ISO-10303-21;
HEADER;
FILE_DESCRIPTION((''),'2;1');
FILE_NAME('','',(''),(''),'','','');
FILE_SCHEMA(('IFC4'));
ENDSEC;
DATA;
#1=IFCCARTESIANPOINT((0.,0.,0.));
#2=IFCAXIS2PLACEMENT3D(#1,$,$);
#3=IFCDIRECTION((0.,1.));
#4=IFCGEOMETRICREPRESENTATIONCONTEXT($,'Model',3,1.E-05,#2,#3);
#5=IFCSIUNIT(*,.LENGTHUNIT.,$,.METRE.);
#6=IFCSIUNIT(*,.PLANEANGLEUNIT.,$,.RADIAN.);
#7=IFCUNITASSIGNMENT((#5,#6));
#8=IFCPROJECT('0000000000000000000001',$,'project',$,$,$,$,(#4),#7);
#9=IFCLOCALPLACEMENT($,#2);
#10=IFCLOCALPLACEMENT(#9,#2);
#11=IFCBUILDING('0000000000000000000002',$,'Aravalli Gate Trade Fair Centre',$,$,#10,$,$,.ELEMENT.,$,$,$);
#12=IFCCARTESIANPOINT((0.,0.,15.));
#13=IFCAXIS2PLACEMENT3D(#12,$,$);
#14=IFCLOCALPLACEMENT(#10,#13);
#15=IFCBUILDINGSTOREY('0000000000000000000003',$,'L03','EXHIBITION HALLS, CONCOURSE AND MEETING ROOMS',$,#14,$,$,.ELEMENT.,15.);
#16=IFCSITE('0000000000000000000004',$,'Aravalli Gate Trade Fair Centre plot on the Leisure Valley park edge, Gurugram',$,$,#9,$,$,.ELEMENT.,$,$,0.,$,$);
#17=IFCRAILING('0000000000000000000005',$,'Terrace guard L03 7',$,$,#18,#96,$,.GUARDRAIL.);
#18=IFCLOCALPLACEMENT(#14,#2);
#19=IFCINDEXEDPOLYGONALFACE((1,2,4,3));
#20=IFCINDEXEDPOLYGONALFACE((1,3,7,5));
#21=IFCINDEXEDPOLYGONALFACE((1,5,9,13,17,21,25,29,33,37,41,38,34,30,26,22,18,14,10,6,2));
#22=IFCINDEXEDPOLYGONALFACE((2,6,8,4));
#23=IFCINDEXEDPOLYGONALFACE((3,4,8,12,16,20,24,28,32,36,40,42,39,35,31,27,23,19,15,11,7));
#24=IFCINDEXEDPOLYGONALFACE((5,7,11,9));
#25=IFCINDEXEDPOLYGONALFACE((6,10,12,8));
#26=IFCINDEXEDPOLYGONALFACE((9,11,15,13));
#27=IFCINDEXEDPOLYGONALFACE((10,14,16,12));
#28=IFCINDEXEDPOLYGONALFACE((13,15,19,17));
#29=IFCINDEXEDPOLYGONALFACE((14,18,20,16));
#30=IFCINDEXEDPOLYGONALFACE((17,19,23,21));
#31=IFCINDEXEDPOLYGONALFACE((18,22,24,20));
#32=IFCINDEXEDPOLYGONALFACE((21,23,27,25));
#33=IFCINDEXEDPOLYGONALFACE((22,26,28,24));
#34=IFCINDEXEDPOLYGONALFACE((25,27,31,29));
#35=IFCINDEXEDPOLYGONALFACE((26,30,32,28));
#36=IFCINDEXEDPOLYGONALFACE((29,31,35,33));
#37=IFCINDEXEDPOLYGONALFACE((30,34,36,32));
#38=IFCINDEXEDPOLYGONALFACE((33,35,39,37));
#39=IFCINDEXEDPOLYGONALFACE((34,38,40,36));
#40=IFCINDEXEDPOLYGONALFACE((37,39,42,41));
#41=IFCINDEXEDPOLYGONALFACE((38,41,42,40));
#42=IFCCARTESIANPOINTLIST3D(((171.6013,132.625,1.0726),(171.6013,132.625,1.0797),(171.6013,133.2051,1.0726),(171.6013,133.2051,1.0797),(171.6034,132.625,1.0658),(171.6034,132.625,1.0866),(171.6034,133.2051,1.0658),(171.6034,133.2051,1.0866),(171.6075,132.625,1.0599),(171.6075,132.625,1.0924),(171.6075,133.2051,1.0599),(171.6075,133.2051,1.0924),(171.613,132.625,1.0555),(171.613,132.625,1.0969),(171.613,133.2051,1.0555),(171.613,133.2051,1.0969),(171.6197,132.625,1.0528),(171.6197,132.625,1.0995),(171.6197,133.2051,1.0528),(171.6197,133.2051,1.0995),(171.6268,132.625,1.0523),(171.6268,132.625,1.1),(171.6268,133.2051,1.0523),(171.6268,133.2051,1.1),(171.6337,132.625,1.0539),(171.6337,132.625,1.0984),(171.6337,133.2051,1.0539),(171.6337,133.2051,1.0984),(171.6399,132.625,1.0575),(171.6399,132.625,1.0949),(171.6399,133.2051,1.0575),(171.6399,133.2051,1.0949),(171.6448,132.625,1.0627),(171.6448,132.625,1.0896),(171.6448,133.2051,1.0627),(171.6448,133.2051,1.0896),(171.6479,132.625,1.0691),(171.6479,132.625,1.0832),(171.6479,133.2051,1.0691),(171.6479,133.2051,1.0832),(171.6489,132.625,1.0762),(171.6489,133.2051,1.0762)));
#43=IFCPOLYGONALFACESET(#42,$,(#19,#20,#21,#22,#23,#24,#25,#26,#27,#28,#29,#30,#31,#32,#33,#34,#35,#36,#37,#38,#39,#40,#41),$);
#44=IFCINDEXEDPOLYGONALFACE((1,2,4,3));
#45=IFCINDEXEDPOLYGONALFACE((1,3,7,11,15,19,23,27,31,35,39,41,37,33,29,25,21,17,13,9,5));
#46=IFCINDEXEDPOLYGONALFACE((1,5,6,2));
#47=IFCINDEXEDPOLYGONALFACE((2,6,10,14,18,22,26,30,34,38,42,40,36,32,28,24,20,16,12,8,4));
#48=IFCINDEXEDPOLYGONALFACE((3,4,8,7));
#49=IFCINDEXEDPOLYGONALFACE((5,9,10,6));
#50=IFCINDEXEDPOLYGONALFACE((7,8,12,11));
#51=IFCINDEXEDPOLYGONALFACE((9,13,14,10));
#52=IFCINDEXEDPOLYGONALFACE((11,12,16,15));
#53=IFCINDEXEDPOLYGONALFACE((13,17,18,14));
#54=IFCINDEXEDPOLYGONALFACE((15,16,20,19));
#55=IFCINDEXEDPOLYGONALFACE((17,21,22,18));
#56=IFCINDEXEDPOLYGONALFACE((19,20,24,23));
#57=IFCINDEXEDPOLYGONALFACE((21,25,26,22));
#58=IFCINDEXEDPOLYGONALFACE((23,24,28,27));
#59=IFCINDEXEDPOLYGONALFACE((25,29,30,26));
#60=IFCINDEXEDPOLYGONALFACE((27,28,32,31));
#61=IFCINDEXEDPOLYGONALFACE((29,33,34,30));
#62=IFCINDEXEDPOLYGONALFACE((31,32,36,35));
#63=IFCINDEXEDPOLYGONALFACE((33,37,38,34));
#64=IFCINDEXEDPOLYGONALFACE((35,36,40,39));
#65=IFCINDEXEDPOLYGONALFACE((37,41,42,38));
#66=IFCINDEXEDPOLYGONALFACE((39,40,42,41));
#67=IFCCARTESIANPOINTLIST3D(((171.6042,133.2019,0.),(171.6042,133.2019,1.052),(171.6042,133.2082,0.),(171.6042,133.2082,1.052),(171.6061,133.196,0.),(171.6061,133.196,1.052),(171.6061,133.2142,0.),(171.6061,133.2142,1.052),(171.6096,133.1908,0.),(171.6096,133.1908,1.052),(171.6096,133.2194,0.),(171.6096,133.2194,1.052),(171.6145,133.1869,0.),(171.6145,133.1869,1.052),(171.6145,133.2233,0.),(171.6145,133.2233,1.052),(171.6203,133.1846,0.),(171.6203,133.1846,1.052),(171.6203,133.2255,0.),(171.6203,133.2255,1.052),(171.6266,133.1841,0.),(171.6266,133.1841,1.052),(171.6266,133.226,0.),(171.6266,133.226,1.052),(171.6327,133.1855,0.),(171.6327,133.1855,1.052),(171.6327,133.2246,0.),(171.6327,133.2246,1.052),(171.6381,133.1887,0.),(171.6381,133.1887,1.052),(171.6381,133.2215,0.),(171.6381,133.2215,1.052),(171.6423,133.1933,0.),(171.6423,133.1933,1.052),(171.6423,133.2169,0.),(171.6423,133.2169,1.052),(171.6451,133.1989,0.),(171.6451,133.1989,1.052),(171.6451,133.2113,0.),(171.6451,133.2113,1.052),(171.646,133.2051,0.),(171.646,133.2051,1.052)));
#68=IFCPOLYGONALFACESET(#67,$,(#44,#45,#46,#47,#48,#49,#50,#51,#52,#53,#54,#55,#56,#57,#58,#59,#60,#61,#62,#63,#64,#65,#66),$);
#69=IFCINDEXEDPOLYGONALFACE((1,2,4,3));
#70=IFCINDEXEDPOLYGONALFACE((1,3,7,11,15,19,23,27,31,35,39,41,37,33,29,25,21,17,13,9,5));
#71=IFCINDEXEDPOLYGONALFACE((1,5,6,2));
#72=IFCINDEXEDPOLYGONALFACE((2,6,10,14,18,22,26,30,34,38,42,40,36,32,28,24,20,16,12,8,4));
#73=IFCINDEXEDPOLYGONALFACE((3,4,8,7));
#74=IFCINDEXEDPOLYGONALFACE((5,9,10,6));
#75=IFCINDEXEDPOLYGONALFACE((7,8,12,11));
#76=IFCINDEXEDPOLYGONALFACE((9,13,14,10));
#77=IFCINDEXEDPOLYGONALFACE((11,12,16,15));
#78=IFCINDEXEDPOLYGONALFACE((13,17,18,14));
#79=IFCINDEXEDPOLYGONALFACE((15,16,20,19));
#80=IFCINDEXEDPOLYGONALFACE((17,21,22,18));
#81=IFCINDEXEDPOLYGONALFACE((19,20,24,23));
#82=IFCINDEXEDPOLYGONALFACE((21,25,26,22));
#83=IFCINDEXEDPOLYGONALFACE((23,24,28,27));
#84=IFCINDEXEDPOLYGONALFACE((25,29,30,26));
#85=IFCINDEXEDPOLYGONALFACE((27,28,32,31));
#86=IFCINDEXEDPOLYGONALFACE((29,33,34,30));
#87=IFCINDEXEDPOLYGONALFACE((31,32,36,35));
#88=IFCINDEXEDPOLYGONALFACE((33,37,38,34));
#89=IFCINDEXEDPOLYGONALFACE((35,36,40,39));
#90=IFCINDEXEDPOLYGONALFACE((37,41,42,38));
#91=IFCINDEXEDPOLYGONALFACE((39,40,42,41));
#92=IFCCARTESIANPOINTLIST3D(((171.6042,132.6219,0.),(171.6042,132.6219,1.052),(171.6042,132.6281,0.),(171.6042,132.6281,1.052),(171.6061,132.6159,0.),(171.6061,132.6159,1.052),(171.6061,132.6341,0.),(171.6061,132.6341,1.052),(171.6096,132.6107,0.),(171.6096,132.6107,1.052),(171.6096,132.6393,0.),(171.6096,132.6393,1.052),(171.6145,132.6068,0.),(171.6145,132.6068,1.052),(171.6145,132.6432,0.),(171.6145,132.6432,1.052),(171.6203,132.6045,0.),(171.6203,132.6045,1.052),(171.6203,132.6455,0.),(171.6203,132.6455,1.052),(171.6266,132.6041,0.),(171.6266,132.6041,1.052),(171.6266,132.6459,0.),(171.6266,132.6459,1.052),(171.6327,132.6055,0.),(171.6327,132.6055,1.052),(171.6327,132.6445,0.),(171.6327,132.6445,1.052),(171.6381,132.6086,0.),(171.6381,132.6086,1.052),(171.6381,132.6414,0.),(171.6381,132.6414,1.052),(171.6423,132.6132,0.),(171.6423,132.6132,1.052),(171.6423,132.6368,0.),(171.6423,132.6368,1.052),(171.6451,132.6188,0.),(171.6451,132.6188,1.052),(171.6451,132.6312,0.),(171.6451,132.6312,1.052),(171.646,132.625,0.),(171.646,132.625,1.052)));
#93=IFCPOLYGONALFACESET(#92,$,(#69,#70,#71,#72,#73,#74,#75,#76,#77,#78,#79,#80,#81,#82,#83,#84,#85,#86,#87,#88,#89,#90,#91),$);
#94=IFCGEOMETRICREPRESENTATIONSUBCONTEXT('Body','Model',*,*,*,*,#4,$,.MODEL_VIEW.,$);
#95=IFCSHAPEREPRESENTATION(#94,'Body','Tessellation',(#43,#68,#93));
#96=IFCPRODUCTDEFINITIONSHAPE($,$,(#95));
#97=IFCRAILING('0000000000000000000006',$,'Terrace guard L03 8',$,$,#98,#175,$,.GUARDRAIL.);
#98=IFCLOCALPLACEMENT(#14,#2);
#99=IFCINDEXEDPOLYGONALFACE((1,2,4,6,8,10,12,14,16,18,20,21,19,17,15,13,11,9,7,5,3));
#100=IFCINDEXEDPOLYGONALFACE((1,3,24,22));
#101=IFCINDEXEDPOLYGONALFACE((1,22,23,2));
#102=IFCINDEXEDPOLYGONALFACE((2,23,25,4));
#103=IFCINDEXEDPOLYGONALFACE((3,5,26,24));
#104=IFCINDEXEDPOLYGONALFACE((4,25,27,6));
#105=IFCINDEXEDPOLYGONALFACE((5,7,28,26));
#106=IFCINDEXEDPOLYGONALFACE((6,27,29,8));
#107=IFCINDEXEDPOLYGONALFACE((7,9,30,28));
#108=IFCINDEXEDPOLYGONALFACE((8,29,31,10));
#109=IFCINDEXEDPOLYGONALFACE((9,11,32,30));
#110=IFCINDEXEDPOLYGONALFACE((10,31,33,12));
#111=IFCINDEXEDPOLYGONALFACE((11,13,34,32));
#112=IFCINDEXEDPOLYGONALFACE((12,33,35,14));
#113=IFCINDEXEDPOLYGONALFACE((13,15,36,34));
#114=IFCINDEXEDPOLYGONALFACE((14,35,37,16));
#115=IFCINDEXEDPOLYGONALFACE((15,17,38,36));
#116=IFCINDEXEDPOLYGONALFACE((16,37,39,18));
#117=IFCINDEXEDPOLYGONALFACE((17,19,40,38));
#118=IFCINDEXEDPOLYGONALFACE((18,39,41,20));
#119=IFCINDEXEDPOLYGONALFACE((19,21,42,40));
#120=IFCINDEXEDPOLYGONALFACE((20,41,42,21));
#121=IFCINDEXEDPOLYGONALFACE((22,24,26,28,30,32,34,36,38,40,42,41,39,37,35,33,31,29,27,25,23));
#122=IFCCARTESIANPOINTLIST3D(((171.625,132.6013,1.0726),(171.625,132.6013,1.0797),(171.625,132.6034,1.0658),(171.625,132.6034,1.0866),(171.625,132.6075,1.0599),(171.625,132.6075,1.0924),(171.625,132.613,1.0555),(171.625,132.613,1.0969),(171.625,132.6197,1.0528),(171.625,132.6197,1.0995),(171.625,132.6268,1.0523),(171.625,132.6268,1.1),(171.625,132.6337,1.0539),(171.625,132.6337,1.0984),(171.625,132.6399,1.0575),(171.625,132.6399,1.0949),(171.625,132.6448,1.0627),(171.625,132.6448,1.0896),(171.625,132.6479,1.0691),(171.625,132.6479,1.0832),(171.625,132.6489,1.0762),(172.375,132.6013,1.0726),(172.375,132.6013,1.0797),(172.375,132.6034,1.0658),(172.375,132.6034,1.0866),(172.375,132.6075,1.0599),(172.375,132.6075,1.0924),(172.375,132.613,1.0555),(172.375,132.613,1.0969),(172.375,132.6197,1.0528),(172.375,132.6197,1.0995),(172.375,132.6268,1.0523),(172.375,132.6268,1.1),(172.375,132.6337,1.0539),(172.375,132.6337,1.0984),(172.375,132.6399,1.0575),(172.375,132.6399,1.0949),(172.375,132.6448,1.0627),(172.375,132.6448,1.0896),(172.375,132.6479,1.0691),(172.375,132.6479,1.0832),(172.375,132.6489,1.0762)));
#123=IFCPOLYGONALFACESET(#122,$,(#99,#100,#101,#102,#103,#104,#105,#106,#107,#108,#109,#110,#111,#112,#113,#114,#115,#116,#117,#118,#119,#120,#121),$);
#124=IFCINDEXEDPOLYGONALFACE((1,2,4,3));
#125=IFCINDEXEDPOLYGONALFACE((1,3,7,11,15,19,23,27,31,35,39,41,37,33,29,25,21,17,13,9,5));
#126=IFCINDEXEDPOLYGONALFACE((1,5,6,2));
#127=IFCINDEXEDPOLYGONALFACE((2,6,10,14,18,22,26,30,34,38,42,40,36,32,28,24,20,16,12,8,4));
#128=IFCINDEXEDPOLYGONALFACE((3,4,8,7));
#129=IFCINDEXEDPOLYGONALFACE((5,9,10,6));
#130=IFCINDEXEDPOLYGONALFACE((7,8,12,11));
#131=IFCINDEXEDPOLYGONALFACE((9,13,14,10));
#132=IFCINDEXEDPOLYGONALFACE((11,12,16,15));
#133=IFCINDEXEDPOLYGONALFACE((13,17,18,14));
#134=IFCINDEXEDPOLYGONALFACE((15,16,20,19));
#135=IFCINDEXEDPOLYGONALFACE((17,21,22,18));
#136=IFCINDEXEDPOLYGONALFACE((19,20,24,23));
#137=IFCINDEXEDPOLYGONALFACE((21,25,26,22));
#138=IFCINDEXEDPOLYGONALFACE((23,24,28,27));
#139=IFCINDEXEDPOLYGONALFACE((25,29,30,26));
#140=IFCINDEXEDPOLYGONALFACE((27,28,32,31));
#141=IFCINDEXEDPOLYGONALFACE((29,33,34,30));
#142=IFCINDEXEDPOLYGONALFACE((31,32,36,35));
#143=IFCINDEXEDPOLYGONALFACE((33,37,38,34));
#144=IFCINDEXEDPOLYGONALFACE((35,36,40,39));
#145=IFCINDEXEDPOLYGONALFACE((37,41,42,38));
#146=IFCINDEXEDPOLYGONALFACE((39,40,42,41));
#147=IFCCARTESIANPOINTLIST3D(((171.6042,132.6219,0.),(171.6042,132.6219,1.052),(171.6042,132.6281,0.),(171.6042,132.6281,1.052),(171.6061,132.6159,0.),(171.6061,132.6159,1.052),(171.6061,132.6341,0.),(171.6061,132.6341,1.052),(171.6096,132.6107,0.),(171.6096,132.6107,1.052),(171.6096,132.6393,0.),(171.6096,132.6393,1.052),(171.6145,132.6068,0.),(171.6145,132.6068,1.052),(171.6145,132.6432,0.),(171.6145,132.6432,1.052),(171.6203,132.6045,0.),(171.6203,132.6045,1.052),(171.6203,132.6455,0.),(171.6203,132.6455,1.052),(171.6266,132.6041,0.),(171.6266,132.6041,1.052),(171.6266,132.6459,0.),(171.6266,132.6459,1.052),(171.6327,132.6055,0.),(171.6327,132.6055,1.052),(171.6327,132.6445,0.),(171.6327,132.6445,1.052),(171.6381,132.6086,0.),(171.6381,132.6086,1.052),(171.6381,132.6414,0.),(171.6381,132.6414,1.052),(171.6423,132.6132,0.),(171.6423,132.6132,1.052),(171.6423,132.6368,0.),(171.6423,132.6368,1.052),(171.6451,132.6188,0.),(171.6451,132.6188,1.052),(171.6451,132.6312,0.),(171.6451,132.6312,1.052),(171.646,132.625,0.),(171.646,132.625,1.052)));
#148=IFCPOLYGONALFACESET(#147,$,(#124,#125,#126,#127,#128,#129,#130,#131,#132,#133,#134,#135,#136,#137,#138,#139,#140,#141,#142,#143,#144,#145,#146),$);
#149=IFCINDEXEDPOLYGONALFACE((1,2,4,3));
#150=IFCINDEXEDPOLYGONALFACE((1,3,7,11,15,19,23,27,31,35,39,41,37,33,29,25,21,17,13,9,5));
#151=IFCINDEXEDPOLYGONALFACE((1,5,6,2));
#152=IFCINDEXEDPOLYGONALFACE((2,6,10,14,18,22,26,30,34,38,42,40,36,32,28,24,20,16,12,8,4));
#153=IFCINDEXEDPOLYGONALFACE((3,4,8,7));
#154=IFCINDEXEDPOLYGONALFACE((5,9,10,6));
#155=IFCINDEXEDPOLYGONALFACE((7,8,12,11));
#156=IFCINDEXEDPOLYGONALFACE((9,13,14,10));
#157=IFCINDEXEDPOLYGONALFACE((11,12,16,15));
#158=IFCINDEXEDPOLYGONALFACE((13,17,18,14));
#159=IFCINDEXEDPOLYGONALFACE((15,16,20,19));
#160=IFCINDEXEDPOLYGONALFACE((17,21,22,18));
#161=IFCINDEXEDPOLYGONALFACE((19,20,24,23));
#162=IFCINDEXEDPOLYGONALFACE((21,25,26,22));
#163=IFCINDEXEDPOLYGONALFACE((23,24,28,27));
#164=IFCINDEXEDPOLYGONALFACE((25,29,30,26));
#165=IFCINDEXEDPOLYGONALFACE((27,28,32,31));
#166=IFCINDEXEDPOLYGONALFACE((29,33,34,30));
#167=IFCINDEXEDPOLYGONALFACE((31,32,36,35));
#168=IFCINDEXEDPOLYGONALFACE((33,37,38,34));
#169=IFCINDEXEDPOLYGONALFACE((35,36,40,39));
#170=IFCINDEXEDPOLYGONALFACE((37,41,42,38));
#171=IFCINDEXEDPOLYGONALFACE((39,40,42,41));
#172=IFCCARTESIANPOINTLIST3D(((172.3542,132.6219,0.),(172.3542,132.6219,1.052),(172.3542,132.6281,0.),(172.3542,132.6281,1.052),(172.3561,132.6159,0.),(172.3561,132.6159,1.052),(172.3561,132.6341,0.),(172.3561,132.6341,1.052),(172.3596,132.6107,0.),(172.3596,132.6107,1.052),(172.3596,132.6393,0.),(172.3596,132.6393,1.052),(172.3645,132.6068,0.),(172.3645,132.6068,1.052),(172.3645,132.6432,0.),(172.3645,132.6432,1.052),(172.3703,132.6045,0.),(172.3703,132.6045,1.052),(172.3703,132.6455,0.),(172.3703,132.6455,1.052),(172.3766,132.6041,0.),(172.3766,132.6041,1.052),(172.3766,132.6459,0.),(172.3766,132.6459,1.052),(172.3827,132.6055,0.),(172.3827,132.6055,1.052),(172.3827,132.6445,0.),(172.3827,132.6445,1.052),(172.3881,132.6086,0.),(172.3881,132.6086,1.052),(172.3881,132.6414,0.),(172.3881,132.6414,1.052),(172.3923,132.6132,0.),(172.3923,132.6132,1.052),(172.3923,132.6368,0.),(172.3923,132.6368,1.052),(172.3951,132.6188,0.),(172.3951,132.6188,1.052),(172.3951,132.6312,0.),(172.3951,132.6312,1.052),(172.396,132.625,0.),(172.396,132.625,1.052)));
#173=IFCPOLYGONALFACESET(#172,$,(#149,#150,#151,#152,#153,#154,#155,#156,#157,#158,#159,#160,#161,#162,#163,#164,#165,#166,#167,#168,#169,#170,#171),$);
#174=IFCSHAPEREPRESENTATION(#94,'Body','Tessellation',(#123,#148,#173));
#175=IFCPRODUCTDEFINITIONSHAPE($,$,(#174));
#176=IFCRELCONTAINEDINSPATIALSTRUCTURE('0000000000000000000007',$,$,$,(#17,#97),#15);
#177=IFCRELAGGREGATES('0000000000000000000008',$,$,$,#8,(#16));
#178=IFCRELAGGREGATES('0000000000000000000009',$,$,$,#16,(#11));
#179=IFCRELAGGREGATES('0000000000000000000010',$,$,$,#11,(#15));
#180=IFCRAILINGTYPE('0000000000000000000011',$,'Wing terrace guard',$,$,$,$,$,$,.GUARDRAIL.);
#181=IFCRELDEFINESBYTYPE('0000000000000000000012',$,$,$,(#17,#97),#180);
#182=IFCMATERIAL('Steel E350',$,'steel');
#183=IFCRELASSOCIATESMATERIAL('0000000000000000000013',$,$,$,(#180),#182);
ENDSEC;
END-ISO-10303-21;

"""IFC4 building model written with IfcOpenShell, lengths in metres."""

from ifc_helpers import new_model, si_unit, direction, frame, origin, origin_2d, place, context, subcontext, project, spatial, circle, extrude, material, type_object, element, save


model = new_model("IFC4")

# Units and contexts
model_context = context("Model", 3, precision=1e-05, world=origin(), true_north=direction((0.0, 1.0)))
body_context = subcontext(model_context, "Body", "Model", "MODEL_VIEW")
ifc_project = project(units=[si_unit("LENGTHUNIT", "METRE"), si_unit("PLANEANGLEUNIT", "RADIAN")], contexts=[model_context])

# Site, building, storey
site_placement = place(None, origin())
site = spatial("IfcSite", under=ifc_project, at=site_placement, Name="Aravalli Gate Trade Fair Centre plot on the Leisure Valley park edge, Gurugram", CompositionType="ELEMENT", RefElevation=0.0)
building_placement = place(site_placement, origin())
building = spatial("IfcBuilding", under=site, at=building_placement, Name="Aravalli Gate Trade Fair Centre", CompositionType="ELEMENT")
storey_placement = place(building_placement, frame((0.0, 0.0, 15.0)))
storey = spatial("IfcBuildingStorey", under=building, at=storey_placement, Name="L03", Description="EXHIBITION HALLS, CONCOURSE AND MEETING ROOMS", CompositionType="ELEMENT", Elevation=15.0)

# Shared definitions
ifc_material_1 = material(Name="Steel E350", Category="steel")

# Railings
railing_type = type_object("IfcRailingType", Name="Wing terrace guard", PredefinedType="GUARDRAIL", material=ifc_material_1)
railing_1_placement = place(storey_placement, frame((171.625, 133.2051, 0.0)))
element("IfcRailing", 1, at=railing_1_placement, inside=storey, type_object=railing_type, Name="Terrace guard L03 7", PredefinedType="GUARDRAIL", context=body_context, shape_type="SweptSolid", body=[
    extrude(circle(Radius=0.0239, at=origin_2d()), frame((0.0, 0.0, 1.0762), z_axis=(0.0, -1.0, 0.0), x_axis=(1.0, 0.0, 0.0)), (0.0, 0.0, 1.0), 0.5801),
    extrude(circle(Radius=0.021, at=origin_2d()), origin(), (0.0, 0.0, 1.0), 1.052),
    extrude(circle(Radius=0.021, at=origin_2d()), frame((0.0, -0.5801, 0.0)), (0.0, 0.0, 1.0), 1.052),
])
railing_2_placement = place(storey_placement, frame((171.625, 132.625, 0.0)))
element("IfcRailing", 2, at=railing_2_placement, inside=storey, type_object=railing_type, Name="Terrace guard L03 8", PredefinedType="GUARDRAIL", context=body_context, shape_type="SweptSolid", body=[
    extrude(circle(Radius=0.0239, at=origin_2d()), frame((0.0, 0.0, 1.0762), z_axis=(1.0, 0.0, 0.0), x_axis=(0.0, 1.0, 0.0)), (0.0, 0.0, 1.0), 0.75),
    extrude(circle(Radius=0.021, at=origin_2d()), origin(), (0.0, 0.0, 1.0), 1.052),
    extrude(circle(Radius=0.021, at=origin_2d()), frame((0.75, 0.0, 0.0)), (0.0, 0.0, 1.0), 1.052),
])

save(model, "model.ifc")
